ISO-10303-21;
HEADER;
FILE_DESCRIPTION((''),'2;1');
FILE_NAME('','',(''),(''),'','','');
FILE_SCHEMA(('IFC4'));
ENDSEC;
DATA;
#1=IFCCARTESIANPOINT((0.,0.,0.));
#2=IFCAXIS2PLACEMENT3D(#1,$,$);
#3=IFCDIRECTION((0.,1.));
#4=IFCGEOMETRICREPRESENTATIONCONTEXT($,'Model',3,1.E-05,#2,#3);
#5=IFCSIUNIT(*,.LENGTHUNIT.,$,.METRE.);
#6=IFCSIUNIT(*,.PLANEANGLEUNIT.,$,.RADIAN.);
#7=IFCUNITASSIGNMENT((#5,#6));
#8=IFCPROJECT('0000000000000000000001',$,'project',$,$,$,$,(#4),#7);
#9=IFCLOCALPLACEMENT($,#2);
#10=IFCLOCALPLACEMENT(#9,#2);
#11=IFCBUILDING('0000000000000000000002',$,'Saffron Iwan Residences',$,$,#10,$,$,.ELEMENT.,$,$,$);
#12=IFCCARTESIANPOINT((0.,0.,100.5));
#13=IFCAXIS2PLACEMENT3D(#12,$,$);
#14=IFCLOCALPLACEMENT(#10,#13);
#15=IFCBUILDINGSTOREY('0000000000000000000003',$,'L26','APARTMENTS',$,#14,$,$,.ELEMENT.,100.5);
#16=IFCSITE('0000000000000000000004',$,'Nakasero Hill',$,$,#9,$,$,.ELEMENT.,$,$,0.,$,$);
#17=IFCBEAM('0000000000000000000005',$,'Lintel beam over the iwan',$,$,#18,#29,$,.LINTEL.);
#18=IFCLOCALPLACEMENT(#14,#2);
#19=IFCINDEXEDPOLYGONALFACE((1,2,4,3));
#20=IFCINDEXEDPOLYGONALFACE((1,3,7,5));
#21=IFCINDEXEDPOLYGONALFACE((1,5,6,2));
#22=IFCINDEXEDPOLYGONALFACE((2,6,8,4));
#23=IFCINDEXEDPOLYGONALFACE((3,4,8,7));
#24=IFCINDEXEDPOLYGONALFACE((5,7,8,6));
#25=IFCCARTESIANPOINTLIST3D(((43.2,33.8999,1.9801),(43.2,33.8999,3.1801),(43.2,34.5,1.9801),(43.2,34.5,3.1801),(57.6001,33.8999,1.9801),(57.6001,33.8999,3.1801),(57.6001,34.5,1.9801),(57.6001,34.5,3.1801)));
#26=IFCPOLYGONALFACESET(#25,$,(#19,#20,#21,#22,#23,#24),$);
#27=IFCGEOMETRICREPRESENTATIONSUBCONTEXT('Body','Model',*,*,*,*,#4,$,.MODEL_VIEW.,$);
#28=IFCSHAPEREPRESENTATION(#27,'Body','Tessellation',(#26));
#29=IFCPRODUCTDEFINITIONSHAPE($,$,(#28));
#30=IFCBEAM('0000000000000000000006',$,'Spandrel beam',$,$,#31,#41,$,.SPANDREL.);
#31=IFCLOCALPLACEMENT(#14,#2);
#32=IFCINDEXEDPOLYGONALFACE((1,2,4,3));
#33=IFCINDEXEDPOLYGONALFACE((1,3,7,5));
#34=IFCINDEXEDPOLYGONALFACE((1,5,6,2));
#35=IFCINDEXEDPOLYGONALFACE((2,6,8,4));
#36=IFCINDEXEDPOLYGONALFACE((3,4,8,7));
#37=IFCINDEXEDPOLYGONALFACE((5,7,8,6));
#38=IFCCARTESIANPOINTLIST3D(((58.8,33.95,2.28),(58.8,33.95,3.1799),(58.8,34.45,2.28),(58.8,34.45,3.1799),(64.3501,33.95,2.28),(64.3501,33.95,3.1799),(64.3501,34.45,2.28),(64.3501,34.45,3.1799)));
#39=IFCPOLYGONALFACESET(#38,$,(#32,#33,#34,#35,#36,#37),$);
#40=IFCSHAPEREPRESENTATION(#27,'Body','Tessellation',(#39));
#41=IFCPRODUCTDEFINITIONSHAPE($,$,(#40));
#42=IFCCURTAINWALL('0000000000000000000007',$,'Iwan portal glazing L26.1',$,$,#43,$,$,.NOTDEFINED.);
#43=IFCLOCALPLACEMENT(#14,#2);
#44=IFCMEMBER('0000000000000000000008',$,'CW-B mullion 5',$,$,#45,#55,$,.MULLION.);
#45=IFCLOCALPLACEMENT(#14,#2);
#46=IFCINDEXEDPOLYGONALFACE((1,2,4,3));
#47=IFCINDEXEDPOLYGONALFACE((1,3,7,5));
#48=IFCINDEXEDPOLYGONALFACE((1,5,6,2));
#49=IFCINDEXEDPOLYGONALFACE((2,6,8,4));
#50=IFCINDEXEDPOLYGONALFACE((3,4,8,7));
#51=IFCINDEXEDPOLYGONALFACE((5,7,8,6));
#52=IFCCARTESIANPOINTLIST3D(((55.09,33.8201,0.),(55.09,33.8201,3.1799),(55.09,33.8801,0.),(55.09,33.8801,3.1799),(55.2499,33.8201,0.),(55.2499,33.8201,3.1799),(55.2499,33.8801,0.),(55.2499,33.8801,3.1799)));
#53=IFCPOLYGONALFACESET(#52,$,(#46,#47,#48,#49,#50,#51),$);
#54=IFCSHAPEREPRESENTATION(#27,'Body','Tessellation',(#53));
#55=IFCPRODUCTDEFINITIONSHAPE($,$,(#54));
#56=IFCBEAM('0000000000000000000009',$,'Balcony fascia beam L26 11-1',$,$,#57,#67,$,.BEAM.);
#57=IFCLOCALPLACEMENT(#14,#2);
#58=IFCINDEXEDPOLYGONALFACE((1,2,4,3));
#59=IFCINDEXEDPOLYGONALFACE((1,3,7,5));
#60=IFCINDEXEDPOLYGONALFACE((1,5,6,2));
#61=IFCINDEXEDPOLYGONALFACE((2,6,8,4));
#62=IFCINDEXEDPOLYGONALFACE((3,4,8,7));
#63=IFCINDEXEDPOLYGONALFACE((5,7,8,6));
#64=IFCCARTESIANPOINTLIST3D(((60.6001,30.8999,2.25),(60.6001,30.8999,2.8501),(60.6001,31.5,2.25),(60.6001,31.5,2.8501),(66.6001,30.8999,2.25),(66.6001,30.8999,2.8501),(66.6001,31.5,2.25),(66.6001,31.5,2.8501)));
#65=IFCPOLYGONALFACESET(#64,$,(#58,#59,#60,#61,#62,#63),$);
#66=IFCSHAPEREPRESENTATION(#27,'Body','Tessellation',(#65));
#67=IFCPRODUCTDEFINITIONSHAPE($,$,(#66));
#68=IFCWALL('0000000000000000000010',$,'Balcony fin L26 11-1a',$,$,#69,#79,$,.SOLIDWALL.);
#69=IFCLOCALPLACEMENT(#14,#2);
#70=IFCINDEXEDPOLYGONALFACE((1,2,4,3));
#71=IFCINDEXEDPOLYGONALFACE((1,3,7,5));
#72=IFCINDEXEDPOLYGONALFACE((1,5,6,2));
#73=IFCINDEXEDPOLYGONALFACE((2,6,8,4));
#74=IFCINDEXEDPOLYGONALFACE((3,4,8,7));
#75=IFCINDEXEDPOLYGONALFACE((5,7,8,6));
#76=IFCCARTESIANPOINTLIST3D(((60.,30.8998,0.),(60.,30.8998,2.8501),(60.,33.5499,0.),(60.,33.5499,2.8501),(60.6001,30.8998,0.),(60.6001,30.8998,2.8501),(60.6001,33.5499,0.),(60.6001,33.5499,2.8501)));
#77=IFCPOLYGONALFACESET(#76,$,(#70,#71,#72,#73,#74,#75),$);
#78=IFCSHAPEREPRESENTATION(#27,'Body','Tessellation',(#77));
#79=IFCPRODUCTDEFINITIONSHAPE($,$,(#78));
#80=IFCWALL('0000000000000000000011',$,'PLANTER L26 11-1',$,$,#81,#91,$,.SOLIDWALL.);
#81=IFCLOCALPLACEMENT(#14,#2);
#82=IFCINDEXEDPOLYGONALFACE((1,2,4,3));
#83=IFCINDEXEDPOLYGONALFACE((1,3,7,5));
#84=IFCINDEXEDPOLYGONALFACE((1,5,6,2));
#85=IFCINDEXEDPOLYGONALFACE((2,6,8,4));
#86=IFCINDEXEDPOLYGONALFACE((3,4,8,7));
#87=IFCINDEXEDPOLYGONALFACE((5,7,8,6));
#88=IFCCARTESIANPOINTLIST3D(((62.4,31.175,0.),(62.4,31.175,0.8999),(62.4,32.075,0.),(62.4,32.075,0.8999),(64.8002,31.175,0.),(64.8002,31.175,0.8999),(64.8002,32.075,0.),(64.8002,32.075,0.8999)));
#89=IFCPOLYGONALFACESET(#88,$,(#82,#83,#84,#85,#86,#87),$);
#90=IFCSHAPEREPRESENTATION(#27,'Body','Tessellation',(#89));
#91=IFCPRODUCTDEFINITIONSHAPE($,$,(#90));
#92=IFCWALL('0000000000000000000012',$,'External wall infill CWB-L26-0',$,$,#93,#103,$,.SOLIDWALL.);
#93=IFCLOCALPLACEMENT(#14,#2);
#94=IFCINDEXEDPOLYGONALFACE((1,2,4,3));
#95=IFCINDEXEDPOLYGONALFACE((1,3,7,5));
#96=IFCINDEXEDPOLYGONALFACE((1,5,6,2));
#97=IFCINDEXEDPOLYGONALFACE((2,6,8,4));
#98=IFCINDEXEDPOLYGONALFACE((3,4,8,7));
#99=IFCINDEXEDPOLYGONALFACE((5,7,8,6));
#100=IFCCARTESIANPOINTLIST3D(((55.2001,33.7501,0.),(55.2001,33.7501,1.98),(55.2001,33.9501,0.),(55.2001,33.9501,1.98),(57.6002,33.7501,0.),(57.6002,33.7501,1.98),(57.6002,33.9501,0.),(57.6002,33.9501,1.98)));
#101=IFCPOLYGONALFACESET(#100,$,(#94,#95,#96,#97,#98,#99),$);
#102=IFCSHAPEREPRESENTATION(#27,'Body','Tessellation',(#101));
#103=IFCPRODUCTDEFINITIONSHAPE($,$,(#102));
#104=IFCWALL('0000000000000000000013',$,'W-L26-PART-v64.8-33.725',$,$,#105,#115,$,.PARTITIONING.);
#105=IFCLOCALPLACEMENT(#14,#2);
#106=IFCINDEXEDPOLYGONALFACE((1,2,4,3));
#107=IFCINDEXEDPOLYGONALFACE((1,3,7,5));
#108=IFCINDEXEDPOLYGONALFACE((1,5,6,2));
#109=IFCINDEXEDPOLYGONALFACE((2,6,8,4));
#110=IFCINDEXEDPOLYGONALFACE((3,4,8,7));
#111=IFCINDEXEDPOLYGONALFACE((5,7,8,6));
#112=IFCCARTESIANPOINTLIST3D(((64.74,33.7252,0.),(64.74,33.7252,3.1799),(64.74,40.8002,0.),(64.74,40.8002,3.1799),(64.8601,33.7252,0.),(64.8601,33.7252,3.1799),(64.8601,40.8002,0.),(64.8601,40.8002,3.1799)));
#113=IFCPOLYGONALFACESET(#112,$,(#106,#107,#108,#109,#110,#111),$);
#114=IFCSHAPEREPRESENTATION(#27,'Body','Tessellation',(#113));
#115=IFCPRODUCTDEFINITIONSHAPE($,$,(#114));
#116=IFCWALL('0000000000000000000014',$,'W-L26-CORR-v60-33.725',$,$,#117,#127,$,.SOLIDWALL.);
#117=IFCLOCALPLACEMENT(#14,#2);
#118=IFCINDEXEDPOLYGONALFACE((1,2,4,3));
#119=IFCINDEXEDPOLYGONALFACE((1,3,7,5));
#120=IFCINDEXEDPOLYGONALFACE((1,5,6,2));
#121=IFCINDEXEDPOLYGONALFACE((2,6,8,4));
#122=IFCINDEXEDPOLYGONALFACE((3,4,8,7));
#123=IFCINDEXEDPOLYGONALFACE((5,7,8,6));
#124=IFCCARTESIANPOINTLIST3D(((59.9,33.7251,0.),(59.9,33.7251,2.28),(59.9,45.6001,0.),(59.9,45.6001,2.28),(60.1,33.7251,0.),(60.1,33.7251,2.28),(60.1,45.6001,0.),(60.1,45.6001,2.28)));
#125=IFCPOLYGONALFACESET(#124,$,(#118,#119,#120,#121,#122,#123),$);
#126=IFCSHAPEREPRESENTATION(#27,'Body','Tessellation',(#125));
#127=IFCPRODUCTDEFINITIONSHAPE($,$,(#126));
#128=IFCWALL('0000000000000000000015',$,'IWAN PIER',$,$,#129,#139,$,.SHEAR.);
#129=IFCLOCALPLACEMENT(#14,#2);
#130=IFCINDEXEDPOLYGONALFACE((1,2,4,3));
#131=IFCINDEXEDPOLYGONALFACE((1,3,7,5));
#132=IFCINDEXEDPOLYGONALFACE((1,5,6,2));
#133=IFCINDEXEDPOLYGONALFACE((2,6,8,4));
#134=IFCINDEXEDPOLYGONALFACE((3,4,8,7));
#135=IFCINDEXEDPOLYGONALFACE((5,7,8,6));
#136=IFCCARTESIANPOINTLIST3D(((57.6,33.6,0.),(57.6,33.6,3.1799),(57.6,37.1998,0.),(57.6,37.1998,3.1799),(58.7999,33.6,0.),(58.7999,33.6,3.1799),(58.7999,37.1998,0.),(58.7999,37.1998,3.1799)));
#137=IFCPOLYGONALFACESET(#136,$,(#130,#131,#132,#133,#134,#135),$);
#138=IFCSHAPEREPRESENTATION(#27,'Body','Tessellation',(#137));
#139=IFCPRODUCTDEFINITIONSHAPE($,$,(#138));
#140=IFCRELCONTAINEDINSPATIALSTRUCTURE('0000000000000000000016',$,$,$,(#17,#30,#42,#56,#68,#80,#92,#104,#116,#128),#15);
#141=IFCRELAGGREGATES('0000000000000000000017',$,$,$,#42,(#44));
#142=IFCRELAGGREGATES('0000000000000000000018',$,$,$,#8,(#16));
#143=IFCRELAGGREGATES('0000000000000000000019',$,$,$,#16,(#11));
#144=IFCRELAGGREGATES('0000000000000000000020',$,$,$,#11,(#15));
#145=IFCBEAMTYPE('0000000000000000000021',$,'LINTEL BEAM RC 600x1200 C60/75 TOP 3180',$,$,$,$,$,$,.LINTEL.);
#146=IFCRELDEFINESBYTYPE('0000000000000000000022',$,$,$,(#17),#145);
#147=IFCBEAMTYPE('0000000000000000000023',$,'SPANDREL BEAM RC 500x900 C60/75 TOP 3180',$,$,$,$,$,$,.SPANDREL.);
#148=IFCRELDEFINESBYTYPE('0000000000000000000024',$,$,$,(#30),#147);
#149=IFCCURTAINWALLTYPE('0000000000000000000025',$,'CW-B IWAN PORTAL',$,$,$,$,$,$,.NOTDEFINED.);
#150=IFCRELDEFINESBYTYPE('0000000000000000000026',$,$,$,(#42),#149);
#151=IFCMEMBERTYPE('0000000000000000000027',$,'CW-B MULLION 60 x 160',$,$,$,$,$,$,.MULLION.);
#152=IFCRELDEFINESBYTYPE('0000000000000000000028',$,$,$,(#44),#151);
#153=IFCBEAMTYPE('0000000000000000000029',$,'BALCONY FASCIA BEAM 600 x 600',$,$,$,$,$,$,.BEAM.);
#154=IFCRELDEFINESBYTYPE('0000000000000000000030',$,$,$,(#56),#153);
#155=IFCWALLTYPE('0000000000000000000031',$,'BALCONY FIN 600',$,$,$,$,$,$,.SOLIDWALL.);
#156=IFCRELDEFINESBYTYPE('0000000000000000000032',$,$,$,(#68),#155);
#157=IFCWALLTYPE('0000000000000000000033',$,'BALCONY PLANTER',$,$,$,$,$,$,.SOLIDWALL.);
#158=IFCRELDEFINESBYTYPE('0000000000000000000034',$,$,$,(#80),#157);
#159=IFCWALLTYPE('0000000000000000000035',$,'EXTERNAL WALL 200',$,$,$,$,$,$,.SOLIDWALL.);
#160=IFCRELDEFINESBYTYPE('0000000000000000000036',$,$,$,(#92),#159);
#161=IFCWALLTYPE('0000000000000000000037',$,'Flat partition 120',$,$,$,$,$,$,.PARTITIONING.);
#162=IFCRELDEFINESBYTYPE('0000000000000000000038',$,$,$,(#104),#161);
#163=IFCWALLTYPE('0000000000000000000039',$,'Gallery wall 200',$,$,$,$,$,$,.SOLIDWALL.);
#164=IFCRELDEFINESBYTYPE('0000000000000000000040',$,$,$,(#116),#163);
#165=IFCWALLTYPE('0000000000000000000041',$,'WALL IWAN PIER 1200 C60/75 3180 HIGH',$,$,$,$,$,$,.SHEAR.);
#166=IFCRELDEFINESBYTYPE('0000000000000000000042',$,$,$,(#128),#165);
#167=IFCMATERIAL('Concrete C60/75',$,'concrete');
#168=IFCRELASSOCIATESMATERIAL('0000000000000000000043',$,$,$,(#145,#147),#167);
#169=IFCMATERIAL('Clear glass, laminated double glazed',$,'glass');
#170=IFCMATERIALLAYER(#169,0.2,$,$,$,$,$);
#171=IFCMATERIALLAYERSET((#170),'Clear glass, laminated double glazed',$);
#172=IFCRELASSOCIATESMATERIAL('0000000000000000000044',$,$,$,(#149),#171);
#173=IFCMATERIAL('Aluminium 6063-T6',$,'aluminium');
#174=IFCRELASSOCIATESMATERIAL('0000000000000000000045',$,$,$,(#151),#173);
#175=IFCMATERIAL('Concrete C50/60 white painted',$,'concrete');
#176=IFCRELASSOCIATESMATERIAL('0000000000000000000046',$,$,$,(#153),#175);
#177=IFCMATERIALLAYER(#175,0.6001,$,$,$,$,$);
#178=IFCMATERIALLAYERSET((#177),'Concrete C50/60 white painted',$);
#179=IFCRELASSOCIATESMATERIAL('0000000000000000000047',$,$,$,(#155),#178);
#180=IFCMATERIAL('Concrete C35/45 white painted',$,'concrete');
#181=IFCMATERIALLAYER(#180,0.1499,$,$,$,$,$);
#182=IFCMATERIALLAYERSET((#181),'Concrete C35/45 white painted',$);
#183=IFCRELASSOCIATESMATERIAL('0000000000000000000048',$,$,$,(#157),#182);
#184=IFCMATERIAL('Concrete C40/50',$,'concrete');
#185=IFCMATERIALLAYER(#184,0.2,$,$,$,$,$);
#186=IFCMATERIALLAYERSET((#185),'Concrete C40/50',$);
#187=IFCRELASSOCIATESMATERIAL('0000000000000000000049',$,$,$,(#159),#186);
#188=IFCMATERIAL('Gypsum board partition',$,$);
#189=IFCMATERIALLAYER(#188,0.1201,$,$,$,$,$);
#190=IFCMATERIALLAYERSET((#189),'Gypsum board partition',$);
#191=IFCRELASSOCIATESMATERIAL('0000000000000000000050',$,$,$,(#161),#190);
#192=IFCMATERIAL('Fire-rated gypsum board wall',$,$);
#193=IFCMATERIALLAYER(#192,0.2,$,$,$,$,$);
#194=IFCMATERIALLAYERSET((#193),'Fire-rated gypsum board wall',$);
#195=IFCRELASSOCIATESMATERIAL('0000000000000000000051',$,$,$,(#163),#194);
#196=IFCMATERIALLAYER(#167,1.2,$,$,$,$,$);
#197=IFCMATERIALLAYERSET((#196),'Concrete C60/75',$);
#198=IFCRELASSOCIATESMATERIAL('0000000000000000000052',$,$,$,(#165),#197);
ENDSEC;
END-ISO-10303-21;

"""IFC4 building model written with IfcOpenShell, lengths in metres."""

from ifc_helpers import new_model, si_unit, direction, frame, frame_2d, origin, origin_2d, place, context, subcontext, project, spatial, rectangle, extrude, source, transform, mapped, material, layer, layer_set, material_profile, profile_set, type_object, element, aggregate, save


model = new_model("IFC4")

# Units and contexts
model_context = context("Model", 3, precision=1e-05, world=origin(), true_north=direction((0.0, 1.0)))
body_context = subcontext(model_context, "Body", "Model", "MODEL_VIEW")
ifc_project = project(units=[si_unit("LENGTHUNIT", "METRE"), si_unit("PLANEANGLEUNIT", "RADIAN")], contexts=[model_context])

# Site, building, storey
site_placement = place(None, origin())
site = spatial("IfcSite", under=ifc_project, at=site_placement, Name="Nakasero Hill", CompositionType="ELEMENT", RefElevation=0.0)
building_placement = place(site_placement, origin())
building = spatial("IfcBuilding", under=site, at=building_placement, Name="Saffron Iwan Residences", CompositionType="ELEMENT")
storey_placement = place(building_placement, frame((0.0, 0.0, 100.5)))
storey = spatial("IfcBuildingStorey", under=building, at=storey_placement, Name="L26", Description="APARTMENTS", CompositionType="ELEMENT", Elevation=100.5)

# Beams
ifc_material_1 = material(Name="Concrete C60/75", Category="concrete")
ifc_material_profile_1 = material_profile(ifc_material_1, rectangle(XDim=0.6001, YDim=1.2, at=origin_2d()), Name="RC 600x1200")
ifc_profile_set_1 = profile_set([ifc_material_profile_1], Name="Concrete C60/75")
beam_type_1 = type_object("IfcBeamType", Name="LINTEL BEAM RC 600x1200 C60/75 TOP 3180", PredefinedType="LINTEL", material=ifc_profile_set_1)
shared_shape_1 = source(origin(), body_context, "Body", "SweptSolid", [
    extrude(rectangle(XDim=0.6001, YDim=1.2, at=origin_2d()), origin(), (0.0, 0.0, 1.0), 14.4001),
])
beam_1_placement = place(storey_placement, frame((57.6001, 34.2, 2.5801), z_axis=(-1.0, 0.0, 0.0), x_axis=(0.0, -1.0, 0.0)))
element("IfcBeam", 1, at=beam_1_placement, inside=storey, type_object=beam_type_1, Name="Lintel beam over the iwan", PredefinedType="LINTEL", context=body_context, shape_type="MappedRepresentation", body=[
    mapped(shared_shape_1, transform((0.0, 0.0, 0.0))),
])
ifc_material_profile_2 = material_profile(ifc_material_1, rectangle(XDim=0.5, YDim=0.8999, at=origin_2d()), Name="RC 500x900")
ifc_profile_set_2 = profile_set([ifc_material_profile_2], Name="Concrete C60/75")
beam_type_2 = type_object("IfcBeamType", Name="SPANDREL BEAM RC 500x900 C60/75 TOP 3180", PredefinedType="SPANDREL", material=ifc_profile_set_2)
shared_shape_2 = source(origin(), body_context, "Body", "SweptSolid", [
    extrude(rectangle(XDim=0.5, YDim=0.8999, at=origin_2d()), origin(), (0.0, 0.0, 1.0), 5.55),
])
beam_2_placement = place(storey_placement, frame((64.3501, 34.2, 2.73), z_axis=(-1.0, 0.0, 0.0), x_axis=(0.0, -1.0, 0.0)))
element("IfcBeam", 2, at=beam_2_placement, inside=storey, type_object=beam_type_2, Name="Spandrel beam", PredefinedType="SPANDREL", context=body_context, shape_type="MappedRepresentation", body=[
    mapped(shared_shape_2, transform((0.0, 0.0, 0.0))),
])

# Curtain wall, member
ifc_material_2 = material(Name="Clear glass, laminated double glazed", Category="glass")
ifc_layer_1 = layer(ifc_material_2, 0.2)
ifc_layer_set_1 = layer_set([ifc_layer_1], Name="Clear glass, laminated double glazed")
curtain_wall_type = type_object("IfcCurtainWallType", Name="CW-B IWAN PORTAL", PredefinedType="NOTDEFINED", material=ifc_layer_set_1)
curtain_wall_placement = place(storey_placement, origin())
curtain_wall = element("IfcCurtainWall", 3, at=curtain_wall_placement, inside=storey, type_object=curtain_wall_type, Name="Iwan portal glazing L26.1", PredefinedType="NOTDEFINED")
ifc_material_3 = material(Name="Aluminium 6063-T6", Category="aluminium")
ifc_material_profile_3 = material_profile(ifc_material_3, rectangle(XDim=0.0601, YDim=0.1599, at=origin_2d()), Name="CW-B MULLION 60 x 160")
ifc_profile_set_3 = profile_set([ifc_material_profile_3], Name="Aluminium 6063-T6")
member_type = type_object("IfcMemberType", Name="CW-B MULLION 60 x 160", PredefinedType="MULLION", material=ifc_profile_set_3)
shared_shape_3 = source(origin(), body_context, "Body", "SweptSolid", [
    extrude(rectangle(XDim=0.0601, YDim=0.1599, at=origin_2d()), origin(), (0.0, 0.0, 1.0), 3.1799),
])
member_placement = place(storey_placement, frame((55.1699, 33.8501, 0.0), z_axis=(0.0, 0.0, 1.0), x_axis=(0.0, 1.0, 0.0)))
member = element("IfcMember", 4, at=member_placement, type_object=member_type, Name="CW-B mullion 5", PredefinedType="MULLION", context=body_context, shape_type="MappedRepresentation", body=[
    mapped(shared_shape_3, transform((0.0, 0.0, 0.0))),
])
aggregate(curtain_wall, [member])

# Beam
ifc_material_4 = material(Name="Concrete C50/60 white painted", Category="concrete")
ifc_material_profile_4 = material_profile(ifc_material_4, rectangle(XDim=0.6001, YDim=0.6001, at=origin_2d()), Name="BALCONY FASCIA BEAM 600 x 600")
ifc_profile_set_4 = profile_set([ifc_material_profile_4], Name="Concrete C50/60 white painted")
beam_type_3 = type_object("IfcBeamType", Name="BALCONY FASCIA BEAM 600 x 600", PredefinedType="BEAM", material=ifc_profile_set_4)
shared_shape_4 = source(origin(), body_context, "Body", "SweptSolid", [
    extrude(rectangle(XDim=0.6001, YDim=0.6001, at=origin_2d()), origin(), (0.0, 0.0, 1.0), 6.0),
])
beam_3_placement = place(storey_placement, frame((60.6001, 31.2, 2.55), z_axis=(1.0, 0.0, 0.0), x_axis=(0.0, 1.0, 0.0)))
element("IfcBeam", 5, at=beam_3_placement, inside=storey, type_object=beam_type_3, Name="Balcony fascia beam L26 11-1", PredefinedType="BEAM", context=body_context, shape_type="MappedRepresentation", body=[
    mapped(shared_shape_4, transform((0.0, 0.0, 0.0))),
])

# Walls
ifc_layer_2 = layer(ifc_material_4, 0.6001)
ifc_layer_set_2 = layer_set([ifc_layer_2], Name="Concrete C50/60 white painted")
wall_type_1 = type_object("IfcWallType", Name="BALCONY FIN 600", PredefinedType="SOLIDWALL", material=ifc_layer_set_2)
wall_1_placement = place(storey_placement, frame((60.3, 33.55, 0.0), z_axis=(0.0, 0.0, 1.0), x_axis=(0.0, -1.0, 0.0)))
element("IfcWall", 6, at=wall_1_placement, inside=storey, type_object=wall_type_1, Name="Balcony fin L26 11-1a", PredefinedType="SOLIDWALL", context=body_context, shape_type="SweptSolid", body=[
    extrude(rectangle(XDim=2.6501, YDim=0.6001, at=frame_2d((1.3252, 0.0))), origin(), (0.0, 0.0, 1.0), 2.8501),
])
ifc_material_5 = material(Name="Concrete C35/45 white painted", Category="concrete")
ifc_layer_3 = layer(ifc_material_5, 0.1499)
ifc_layer_set_3 = layer_set([ifc_layer_3], Name="Concrete C35/45 white painted")
wall_type_2 = type_object("IfcWallType", Name="BALCONY PLANTER", PredefinedType="SOLIDWALL", material=ifc_layer_set_3)
wall_2_placement = place(storey_placement, frame((62.3999, 31.625, 0.0), z_axis=(0.0, 0.0, 1.0), x_axis=(1.0, 0.0, 0.0)))
element("IfcWall", 7, at=wall_2_placement, inside=storey, type_object=wall_type_2, Name="PLANTER L26 11-1", PredefinedType="SOLIDWALL", context=body_context, shape_type="SweptSolid", body=[
    extrude(rectangle(XDim=2.4001, YDim=0.8999, at=frame_2d((1.2002, 0.0))), origin(), (0.0, 0.0, 1.0), 0.8999),
])

# Shared definitions
ifc_material_6 = material(Name="Concrete C40/50", Category="concrete")
ifc_layer_4 = layer(ifc_material_6, 0.2)
ifc_layer_set_4 = layer_set([ifc_layer_4], Name="Concrete C40/50")
wall_type_3 = type_object("IfcWallType", Name="EXTERNAL WALL 200", PredefinedType="SOLIDWALL", material=ifc_layer_set_4)

# Walls
wall_3_placement = place(storey_placement, frame((55.2, 33.8501, 0.0), z_axis=(0.0, 0.0, 1.0), x_axis=(1.0, 0.0, 0.0)))
element("IfcWall", 8, at=wall_3_placement, inside=storey, type_object=wall_type_3, Name="External wall infill CWB-L26-0", PredefinedType="SOLIDWALL", context=body_context, shape_type="SweptSolid", body=[
    extrude(rectangle(XDim=2.4001, YDim=0.2, at=frame_2d((1.2002, 0.0))), origin(), (0.0, 0.0, 1.0), 1.98),
])
ifc_material_7 = material(Name="Gypsum board partition")
ifc_layer_5 = layer(ifc_material_7, 0.1201)
ifc_layer_set_5 = layer_set([ifc_layer_5], Name="Gypsum board partition")
wall_type_4 = type_object("IfcWallType", Name="Flat partition 120", PredefinedType="PARTITIONING", material=ifc_layer_set_5)
wall_4_placement = place(storey_placement, frame((64.8, 33.7251, 0.0), z_axis=(0.0, 0.0, 1.0), x_axis=(0.0, 1.0, 0.0)))
element("IfcWall", 9, at=wall_4_placement, inside=storey, type_object=wall_type_4, Name="W-L26-PART-v64.8-33.725", PredefinedType="PARTITIONING", context=body_context, shape_type="SweptSolid", body=[
    extrude(rectangle(XDim=7.075, YDim=0.1201, at=frame_2d((3.5376, 0.0))), origin(), (0.0, 0.0, 1.0), 3.1799),
])
ifc_material_8 = material(Name="Fire-rated gypsum board wall")
ifc_layer_6 = layer(ifc_material_8, 0.2)
ifc_layer_set_6 = layer_set([ifc_layer_6], Name="Fire-rated gypsum board wall")
wall_type_5 = type_object("IfcWallType", Name="Gallery wall 200", PredefinedType="SOLIDWALL", material=ifc_layer_set_6)
wall_5_placement = place(storey_placement, frame((60.0, 33.7251, 0.0), z_axis=(0.0, 0.0, 1.0), x_axis=(0.0, 1.0, 0.0)))
element("IfcWall", 10, at=wall_5_placement, inside=storey, type_object=wall_type_5, Name="W-L26-CORR-v60-33.725", PredefinedType="SOLIDWALL", context=body_context, shape_type="SweptSolid", body=[
    extrude(rectangle(XDim=11.875, YDim=0.2, at=frame_2d((5.9375, 0.0))), origin(), (0.0, 0.0, 1.0), 2.28),
])
ifc_layer_7 = layer(ifc_material_1, 1.2)
ifc_layer_set_7 = layer_set([ifc_layer_7], Name="Concrete C60/75")
wall_type_6 = type_object("IfcWallType", Name="WALL IWAN PIER 1200 C60/75 3180 HIGH", PredefinedType="SHEAR", material=ifc_layer_set_7)
wall_6_placement = place(storey_placement, frame((58.2, 33.6001, 0.0), z_axis=(0.0, 0.0, 1.0), x_axis=(0.0, 1.0, 0.0)))
element("IfcWall", 11, at=wall_6_placement, inside=storey, type_object=wall_type_6, Name="IWAN PIER", PredefinedType="SHEAR", context=body_context, shape_type="SweptSolid", body=[
    extrude(rectangle(XDim=3.5999, YDim=1.2, at=frame_2d((1.7998, 0.0))), origin(), (0.0, 0.0, 1.0), 3.1799),
])

save(model, "model.ifc")
